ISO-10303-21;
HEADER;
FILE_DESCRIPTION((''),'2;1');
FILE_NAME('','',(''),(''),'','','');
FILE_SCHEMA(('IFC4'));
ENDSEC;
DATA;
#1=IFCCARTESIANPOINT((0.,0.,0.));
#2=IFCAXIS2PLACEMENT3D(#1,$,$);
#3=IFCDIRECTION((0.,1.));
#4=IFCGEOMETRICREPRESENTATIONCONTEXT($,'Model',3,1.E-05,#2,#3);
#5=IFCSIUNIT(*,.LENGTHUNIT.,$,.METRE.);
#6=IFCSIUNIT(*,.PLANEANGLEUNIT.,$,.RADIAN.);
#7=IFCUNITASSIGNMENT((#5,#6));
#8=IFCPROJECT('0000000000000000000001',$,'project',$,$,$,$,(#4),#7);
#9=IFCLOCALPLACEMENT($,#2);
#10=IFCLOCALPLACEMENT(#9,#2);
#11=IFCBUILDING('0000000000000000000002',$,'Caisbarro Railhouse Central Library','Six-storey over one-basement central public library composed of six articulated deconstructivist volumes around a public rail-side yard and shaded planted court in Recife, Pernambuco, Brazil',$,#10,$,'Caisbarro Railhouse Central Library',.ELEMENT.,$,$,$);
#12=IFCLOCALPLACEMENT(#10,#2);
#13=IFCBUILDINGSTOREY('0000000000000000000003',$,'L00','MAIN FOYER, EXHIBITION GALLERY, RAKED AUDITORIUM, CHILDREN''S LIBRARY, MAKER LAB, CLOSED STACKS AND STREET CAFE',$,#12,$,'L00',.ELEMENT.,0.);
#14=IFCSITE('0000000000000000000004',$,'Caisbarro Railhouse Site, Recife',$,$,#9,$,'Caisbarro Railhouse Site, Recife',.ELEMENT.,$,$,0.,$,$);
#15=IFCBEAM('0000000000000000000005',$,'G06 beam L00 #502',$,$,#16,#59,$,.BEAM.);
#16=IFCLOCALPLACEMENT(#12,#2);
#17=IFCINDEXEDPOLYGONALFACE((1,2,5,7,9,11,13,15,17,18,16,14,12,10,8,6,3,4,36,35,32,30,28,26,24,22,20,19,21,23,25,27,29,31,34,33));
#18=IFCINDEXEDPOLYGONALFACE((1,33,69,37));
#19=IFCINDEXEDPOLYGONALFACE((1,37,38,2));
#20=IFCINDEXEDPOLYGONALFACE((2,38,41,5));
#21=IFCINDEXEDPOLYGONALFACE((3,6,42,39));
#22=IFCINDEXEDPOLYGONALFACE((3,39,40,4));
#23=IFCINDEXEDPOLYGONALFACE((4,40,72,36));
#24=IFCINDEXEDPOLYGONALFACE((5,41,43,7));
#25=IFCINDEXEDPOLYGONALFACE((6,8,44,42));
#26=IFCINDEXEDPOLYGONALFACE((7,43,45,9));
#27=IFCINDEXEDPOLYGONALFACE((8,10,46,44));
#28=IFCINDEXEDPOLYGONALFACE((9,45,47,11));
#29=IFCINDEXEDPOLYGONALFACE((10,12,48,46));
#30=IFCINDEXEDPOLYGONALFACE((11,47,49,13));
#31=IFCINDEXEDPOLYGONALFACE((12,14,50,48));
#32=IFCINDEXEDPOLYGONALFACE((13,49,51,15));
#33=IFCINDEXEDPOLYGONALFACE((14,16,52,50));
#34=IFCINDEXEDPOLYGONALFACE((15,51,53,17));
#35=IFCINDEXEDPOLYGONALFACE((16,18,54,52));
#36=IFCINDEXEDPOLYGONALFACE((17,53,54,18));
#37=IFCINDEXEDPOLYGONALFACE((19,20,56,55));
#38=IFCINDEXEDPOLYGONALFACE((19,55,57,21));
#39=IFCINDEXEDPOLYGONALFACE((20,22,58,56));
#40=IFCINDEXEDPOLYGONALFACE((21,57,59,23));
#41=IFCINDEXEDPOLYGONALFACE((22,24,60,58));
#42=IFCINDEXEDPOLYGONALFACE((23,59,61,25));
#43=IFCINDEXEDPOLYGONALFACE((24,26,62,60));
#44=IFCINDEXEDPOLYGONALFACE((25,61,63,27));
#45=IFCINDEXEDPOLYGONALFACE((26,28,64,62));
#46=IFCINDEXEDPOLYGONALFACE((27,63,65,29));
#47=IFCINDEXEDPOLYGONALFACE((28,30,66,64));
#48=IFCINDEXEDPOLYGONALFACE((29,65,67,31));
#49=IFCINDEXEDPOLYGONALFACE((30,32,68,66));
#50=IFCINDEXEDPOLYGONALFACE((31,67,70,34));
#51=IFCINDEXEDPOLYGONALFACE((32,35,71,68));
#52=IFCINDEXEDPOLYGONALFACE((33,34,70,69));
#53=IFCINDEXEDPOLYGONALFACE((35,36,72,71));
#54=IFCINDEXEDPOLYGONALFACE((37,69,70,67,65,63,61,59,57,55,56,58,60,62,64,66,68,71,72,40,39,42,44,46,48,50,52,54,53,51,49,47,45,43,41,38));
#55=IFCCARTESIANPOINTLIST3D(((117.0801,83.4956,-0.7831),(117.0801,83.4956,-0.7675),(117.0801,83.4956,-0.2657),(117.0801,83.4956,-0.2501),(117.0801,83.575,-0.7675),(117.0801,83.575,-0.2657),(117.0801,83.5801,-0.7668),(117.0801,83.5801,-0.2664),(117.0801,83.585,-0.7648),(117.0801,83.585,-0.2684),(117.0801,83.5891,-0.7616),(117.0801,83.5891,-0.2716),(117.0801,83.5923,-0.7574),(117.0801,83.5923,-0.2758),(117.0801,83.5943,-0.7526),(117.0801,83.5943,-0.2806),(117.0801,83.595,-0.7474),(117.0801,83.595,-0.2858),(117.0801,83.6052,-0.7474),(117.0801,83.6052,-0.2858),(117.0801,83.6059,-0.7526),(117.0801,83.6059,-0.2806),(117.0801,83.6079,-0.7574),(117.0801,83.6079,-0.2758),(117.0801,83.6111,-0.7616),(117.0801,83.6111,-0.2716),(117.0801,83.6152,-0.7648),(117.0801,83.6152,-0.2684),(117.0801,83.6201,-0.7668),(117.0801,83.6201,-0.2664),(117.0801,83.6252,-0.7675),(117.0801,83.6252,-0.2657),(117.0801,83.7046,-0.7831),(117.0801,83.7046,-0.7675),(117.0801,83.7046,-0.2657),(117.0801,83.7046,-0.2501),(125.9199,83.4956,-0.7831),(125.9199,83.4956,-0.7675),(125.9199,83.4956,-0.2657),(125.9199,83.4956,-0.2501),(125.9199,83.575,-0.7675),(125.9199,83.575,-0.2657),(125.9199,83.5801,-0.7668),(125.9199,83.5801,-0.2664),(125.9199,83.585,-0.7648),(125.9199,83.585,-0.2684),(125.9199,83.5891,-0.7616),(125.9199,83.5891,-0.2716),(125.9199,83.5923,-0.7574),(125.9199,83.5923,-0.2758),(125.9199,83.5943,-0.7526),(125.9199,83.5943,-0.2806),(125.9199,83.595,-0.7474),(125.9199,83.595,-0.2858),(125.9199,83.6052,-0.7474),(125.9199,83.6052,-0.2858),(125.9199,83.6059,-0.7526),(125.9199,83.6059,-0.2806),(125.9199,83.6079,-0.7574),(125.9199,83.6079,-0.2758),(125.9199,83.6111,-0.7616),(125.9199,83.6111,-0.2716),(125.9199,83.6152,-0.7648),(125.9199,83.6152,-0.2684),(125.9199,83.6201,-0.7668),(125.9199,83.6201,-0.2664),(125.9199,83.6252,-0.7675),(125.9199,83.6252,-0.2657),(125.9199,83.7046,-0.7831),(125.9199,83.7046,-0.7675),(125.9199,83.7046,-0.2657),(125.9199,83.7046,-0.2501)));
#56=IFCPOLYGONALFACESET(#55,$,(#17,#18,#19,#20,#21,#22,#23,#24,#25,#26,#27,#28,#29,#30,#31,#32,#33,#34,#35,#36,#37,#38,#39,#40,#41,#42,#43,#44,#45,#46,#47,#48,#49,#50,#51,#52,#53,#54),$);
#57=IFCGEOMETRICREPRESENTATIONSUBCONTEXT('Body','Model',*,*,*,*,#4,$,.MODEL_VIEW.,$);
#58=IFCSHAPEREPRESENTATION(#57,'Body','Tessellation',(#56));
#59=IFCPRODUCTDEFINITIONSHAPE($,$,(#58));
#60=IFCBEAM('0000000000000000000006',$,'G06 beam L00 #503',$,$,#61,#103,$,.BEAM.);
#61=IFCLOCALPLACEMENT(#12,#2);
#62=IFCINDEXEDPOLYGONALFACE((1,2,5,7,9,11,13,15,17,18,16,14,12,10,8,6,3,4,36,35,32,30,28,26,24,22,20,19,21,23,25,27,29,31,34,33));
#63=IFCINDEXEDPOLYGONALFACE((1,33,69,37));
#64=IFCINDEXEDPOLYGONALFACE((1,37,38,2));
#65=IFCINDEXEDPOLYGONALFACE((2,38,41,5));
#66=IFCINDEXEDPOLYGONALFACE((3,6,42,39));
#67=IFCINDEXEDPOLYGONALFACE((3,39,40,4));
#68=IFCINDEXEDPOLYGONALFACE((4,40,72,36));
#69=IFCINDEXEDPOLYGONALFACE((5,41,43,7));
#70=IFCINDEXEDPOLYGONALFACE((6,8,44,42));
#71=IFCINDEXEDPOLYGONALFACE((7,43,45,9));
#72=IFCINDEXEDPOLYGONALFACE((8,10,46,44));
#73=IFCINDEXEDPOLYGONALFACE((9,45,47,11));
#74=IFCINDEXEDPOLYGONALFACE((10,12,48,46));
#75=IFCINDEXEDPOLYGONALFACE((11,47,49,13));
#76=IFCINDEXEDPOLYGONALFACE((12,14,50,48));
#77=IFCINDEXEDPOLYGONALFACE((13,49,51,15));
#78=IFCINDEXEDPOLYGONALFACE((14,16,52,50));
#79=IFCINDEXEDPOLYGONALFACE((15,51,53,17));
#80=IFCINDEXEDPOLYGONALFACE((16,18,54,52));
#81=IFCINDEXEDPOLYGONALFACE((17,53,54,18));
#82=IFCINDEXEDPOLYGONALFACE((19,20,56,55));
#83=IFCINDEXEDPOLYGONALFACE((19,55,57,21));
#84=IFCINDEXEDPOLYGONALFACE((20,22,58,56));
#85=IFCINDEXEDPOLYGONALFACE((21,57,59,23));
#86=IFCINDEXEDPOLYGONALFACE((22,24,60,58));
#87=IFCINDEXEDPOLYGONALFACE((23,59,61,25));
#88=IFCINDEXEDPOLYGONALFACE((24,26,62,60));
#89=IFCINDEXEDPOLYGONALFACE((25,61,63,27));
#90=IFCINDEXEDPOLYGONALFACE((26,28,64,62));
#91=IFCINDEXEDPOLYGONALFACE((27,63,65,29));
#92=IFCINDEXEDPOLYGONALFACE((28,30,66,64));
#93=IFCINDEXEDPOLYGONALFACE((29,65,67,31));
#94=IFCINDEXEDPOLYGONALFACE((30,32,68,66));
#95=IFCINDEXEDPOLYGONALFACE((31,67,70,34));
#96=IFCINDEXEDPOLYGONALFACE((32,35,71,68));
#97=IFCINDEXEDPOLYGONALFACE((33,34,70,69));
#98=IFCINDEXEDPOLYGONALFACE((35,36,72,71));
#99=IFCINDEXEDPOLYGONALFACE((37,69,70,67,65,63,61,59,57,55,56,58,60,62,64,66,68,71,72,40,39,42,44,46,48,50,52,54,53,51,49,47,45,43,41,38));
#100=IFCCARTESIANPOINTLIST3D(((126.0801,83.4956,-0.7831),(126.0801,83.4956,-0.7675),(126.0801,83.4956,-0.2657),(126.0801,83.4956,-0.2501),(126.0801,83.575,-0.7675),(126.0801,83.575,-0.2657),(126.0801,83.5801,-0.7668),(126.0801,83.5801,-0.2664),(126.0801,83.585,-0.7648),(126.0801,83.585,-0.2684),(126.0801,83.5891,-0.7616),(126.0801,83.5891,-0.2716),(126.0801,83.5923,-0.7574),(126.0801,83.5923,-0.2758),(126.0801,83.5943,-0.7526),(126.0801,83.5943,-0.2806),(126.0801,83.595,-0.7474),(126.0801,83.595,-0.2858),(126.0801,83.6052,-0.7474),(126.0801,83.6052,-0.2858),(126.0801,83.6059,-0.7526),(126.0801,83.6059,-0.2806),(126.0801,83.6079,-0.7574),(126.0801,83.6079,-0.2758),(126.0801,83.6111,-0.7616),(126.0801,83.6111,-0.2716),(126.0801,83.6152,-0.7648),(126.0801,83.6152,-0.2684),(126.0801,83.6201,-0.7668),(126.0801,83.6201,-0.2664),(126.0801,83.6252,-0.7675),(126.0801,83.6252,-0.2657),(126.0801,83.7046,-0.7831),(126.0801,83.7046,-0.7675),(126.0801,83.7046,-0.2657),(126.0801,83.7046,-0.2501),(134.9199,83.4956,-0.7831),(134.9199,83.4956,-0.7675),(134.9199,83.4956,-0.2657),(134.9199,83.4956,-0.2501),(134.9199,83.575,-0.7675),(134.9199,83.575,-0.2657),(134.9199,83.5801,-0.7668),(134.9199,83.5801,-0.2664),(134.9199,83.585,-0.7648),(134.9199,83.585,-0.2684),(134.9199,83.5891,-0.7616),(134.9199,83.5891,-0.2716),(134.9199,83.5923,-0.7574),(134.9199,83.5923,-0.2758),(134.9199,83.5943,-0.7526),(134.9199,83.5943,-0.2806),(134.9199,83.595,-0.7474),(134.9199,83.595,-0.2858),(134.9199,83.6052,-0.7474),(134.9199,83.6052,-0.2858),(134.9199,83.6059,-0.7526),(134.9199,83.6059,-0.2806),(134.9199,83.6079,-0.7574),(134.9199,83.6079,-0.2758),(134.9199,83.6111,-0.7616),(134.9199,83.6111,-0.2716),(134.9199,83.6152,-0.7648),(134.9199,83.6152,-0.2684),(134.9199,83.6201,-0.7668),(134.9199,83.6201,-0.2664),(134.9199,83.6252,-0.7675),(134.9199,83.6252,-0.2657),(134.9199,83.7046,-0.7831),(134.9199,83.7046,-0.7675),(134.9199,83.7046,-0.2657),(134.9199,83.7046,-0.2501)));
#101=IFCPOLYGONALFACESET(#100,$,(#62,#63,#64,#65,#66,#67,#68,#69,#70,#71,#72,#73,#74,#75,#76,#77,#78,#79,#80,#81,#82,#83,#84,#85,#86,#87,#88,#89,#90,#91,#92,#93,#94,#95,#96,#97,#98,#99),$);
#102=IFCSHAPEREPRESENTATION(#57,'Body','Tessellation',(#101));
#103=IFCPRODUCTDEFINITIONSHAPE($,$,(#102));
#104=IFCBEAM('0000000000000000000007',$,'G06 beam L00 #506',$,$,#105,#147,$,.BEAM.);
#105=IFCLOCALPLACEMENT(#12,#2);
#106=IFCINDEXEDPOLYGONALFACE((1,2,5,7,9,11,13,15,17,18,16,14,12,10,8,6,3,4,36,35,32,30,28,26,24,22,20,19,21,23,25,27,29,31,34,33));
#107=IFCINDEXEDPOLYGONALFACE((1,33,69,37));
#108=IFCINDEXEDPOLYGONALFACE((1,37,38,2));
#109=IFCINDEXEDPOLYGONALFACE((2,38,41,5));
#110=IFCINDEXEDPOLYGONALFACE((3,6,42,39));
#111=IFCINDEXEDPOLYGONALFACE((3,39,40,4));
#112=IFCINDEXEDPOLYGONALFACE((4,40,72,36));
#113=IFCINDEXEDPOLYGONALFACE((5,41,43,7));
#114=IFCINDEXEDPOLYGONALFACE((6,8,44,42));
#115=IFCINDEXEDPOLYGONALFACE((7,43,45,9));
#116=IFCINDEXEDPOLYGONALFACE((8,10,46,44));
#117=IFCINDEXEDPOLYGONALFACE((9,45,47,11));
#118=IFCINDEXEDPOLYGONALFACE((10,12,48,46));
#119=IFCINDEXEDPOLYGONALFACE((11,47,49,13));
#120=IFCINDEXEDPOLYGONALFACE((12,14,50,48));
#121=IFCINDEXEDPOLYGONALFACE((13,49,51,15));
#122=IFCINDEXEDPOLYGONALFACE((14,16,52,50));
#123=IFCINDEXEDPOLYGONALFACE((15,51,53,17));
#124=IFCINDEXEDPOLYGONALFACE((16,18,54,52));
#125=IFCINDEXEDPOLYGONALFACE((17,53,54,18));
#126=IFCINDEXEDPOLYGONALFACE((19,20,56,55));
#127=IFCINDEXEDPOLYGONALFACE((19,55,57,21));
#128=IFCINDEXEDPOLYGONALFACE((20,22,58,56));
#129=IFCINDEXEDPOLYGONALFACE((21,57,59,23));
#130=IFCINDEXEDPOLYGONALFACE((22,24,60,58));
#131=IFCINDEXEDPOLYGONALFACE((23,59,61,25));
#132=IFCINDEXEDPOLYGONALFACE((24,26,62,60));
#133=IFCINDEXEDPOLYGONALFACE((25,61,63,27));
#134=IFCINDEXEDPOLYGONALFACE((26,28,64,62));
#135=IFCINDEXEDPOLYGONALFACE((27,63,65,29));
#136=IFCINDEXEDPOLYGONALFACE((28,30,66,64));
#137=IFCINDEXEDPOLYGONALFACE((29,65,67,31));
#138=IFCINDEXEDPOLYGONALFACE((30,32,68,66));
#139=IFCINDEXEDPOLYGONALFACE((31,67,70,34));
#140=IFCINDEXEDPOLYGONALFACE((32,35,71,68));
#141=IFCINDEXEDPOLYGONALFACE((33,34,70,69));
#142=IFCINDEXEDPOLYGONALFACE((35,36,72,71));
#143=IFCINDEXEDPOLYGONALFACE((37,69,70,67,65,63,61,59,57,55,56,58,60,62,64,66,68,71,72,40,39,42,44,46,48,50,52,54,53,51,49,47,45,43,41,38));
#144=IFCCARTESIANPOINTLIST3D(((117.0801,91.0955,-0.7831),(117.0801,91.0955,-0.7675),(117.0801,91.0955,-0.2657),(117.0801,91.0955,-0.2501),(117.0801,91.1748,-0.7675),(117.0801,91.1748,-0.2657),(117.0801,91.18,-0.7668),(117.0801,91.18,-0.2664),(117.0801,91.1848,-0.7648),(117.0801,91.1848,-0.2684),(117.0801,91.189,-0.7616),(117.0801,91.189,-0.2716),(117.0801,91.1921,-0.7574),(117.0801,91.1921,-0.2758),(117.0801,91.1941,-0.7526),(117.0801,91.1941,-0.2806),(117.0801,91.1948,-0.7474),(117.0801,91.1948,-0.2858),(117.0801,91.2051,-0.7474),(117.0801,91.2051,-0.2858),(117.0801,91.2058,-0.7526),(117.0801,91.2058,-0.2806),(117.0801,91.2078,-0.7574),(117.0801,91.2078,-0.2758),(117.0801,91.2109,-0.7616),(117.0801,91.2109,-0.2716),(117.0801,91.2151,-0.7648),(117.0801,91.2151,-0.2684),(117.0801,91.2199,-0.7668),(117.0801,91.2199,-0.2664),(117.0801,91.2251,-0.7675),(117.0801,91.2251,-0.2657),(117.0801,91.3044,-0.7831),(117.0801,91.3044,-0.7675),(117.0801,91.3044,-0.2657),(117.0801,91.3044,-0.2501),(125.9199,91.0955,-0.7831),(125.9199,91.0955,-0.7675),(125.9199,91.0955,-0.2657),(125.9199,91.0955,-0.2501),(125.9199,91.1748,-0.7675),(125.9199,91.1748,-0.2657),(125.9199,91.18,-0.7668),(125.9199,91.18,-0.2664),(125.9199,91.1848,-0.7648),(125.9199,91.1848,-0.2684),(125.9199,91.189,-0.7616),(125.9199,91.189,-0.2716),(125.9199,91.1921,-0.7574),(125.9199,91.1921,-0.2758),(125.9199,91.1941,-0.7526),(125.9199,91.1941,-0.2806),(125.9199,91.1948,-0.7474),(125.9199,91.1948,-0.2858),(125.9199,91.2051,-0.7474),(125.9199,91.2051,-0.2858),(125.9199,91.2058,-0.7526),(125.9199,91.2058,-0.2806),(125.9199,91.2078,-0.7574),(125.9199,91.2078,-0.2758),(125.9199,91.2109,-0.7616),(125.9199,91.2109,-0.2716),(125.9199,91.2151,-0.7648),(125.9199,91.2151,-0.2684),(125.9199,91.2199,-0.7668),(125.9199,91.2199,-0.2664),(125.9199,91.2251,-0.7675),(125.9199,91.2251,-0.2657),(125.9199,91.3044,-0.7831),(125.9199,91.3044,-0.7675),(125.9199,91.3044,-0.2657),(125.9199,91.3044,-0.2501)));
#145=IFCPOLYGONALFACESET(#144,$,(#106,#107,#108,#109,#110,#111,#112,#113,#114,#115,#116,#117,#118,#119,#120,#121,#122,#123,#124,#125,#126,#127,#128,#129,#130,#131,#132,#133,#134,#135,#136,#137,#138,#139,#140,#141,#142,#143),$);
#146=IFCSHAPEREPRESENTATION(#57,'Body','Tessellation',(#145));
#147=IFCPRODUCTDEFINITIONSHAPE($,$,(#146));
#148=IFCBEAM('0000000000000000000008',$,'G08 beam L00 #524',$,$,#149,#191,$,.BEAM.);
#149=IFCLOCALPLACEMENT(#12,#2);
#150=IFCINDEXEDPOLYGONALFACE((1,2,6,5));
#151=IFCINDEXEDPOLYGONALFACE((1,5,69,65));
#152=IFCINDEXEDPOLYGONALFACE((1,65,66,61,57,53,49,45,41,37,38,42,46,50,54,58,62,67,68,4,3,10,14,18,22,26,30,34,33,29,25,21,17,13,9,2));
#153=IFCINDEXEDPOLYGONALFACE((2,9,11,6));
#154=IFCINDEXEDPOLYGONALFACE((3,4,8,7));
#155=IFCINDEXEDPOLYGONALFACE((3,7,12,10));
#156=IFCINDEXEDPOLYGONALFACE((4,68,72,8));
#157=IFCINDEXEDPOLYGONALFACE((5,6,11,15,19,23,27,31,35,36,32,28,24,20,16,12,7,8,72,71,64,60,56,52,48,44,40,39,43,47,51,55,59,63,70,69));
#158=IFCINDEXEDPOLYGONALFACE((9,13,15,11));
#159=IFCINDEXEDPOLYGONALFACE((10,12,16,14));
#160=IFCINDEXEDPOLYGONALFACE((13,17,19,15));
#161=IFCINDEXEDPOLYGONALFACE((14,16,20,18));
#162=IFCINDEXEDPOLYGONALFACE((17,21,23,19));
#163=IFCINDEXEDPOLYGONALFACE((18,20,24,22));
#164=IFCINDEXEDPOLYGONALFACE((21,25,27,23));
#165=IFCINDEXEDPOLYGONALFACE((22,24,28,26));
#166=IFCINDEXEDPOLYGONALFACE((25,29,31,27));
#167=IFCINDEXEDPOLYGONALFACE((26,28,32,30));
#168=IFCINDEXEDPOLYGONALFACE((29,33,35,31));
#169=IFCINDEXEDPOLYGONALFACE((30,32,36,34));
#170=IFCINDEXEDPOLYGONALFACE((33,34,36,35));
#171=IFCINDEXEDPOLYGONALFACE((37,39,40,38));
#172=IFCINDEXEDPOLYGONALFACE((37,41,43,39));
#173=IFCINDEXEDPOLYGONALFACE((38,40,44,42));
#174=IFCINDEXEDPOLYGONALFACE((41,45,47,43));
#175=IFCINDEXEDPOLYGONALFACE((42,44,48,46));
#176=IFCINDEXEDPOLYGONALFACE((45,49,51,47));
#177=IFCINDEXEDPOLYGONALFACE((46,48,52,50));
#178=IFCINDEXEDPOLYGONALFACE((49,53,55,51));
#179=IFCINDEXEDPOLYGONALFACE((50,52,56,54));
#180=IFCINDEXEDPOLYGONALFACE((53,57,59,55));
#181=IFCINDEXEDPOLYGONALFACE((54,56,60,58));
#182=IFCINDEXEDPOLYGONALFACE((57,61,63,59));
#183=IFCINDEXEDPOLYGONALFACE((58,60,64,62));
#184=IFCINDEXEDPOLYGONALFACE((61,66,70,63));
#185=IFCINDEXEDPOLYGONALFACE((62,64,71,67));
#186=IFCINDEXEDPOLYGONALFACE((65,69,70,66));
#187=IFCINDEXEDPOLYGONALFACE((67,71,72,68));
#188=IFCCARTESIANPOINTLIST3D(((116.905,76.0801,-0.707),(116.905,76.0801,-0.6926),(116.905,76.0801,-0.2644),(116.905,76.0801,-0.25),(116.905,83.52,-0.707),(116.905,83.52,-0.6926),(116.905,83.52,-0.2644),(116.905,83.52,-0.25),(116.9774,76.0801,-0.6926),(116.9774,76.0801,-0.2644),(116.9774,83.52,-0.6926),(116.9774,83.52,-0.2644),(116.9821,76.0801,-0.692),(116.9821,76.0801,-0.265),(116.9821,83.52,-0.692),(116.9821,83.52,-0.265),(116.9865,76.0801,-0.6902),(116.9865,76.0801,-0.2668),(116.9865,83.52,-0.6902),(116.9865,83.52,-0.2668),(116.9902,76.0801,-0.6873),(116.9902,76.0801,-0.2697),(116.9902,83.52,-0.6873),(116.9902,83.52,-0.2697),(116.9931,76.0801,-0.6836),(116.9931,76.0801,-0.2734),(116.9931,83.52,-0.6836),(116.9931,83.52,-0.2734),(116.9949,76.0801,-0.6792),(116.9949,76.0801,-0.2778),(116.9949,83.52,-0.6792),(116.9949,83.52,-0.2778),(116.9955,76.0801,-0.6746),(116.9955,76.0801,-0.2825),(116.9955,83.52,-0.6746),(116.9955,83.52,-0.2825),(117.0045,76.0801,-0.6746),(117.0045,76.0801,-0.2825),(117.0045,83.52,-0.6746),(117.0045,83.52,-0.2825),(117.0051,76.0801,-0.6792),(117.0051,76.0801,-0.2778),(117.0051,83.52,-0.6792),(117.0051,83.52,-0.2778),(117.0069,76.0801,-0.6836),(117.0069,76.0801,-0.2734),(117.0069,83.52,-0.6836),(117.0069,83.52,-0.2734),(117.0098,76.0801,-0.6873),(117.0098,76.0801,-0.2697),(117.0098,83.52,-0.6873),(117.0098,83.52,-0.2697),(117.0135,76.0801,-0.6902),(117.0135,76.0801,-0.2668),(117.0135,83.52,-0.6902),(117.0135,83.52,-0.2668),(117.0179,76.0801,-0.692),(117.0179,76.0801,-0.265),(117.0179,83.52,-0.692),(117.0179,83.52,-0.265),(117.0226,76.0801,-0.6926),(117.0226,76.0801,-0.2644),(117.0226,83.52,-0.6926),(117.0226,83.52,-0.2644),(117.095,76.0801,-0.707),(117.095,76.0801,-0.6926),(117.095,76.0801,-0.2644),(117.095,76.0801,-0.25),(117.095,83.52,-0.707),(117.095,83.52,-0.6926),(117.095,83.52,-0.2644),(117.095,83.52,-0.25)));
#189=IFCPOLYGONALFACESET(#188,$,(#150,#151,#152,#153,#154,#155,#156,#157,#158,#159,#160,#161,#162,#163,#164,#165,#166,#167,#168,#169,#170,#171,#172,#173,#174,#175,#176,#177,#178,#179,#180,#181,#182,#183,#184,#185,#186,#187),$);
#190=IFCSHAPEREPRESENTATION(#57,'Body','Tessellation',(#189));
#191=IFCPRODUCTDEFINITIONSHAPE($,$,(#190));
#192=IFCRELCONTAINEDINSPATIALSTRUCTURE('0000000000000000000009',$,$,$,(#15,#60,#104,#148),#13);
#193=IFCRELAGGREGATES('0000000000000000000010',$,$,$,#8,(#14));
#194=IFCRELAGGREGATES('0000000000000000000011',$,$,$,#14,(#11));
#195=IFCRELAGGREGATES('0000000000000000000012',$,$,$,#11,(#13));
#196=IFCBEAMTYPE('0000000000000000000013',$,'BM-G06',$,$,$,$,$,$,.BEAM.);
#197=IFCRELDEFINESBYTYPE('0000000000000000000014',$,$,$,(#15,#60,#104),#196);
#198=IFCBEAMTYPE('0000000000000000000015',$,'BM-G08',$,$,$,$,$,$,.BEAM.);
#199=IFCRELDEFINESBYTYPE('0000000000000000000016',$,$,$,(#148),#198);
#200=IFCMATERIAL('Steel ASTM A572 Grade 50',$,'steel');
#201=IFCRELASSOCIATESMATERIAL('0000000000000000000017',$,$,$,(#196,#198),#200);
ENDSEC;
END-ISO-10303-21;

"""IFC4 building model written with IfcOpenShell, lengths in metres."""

from ifc_helpers import new_model, si_unit, direction, frame, origin, origin_2d, place, context, subcontext, project, spatial, i_section, extrude, material, material_profile, profile_set, type_object, element, save


model = new_model("IFC4")

# Units and contexts
model_context = context("Model", 3, precision=1e-05, world=origin(), true_north=direction((0.0, 1.0)))
body_context = subcontext(model_context, "Body", "Model", "MODEL_VIEW")
ifc_project = project(units=[si_unit("LENGTHUNIT", "METRE"), si_unit("PLANEANGLEUNIT", "RADIAN")], contexts=[model_context])

# Site, building, storey
site_placement = place(None, origin())
site = spatial("IfcSite", under=ifc_project, at=site_placement, Name="Caisbarro Railhouse Site, Recife", LongName="Caisbarro Railhouse Site, Recife", CompositionType="ELEMENT", RefElevation=0.0)
building_placement = place(site_placement, origin())
building = spatial("IfcBuilding", under=site, at=building_placement, Name="Caisbarro Railhouse Central Library", Description="Six-storey over one-basement central public library composed of six articulated deconstructivist volumes around a public rail-side yard and shaded planted court in Recife, Pernambuco, Brazil", LongName="Caisbarro Railhouse Central Library", CompositionType="ELEMENT")
storey_placement = place(building_placement, origin())
storey = spatial("IfcBuildingStorey", under=building, at=storey_placement, Name="L00", Description="MAIN FOYER, EXHIBITION GALLERY, RAKED AUDITORIUM, CHILDREN'S LIBRARY, MAKER LAB, CLOSED STACKS AND STREET CAFE", LongName="L00", CompositionType="ELEMENT", Elevation=0.0)

# Shared definitions
ifc_material_1 = material(Name="Steel ASTM A572 Grade 50", Category="steel")

# Beams
ifc_material_profile_1 = material_profile(ifc_material_1, i_section(OverallWidth=0.209, OverallDepth=0.533, WebThickness=0.0103, FlangeThickness=0.0156, FilletRadius=0.02, at=origin_2d()), Name="W530X92.0")
ifc_profile_set_1 = profile_set([ifc_material_profile_1], Name="Steel ASTM A572 Grade 50")
beam_type_1 = type_object("IfcBeamType", Name="BM-G06", PredefinedType="BEAM", material=ifc_profile_set_1)
for number, where, z_axis, x_axis, name in (
    (1, (117.0801, 83.6001, -0.5166), (1.0, 0.0, 0.0), (0.0, 1.0, 0.0), "G06 beam L00 #502"),
    (2, (126.0801, 83.6001, -0.5166), (1.0, 0.0, 0.0), (0.0, 1.0, 0.0), "G06 beam L00 #503"),
    (3, (117.0801, 91.2, -0.5166), (1.0, 0.0, 0.0), (0.0, 1.0, 0.0), "G06 beam L00 #506"),
):
    element("IfcBeam", number, at=place(storey_placement, frame(where, z_axis=z_axis, x_axis=x_axis)), inside=storey, type_object=beam_type_1, Name=name, PredefinedType="BEAM", context=body_context, shape_type="SweptSolid", body=[
        extrude(i_section(OverallWidth=0.209, OverallDepth=0.533, WebThickness=0.0103, FlangeThickness=0.0156, FilletRadius=0.02, at=origin_2d()), origin(), (0.0, 0.0, 1.0), 8.8398),
    ])
ifc_material_profile_2 = material_profile(ifc_material_1, i_section(OverallWidth=0.1899, OverallDepth=0.457, WebThickness=0.009, FlangeThickness=0.0144, FilletRadius=0.0181, at=origin_2d()), Name="W460X74.0")
ifc_profile_set_2 = profile_set([ifc_material_profile_2], Name="Steel ASTM A572 Grade 50")
beam_type_2 = type_object("IfcBeamType", Name="BM-G08", PredefinedType="BEAM", material=ifc_profile_set_2)
beam_1_placement = place(storey_placement, frame((117.0, 76.0801, -0.4785), z_axis=(0.0, 1.0, 0.0), x_axis=(-1.0, 0.0, 0.0)))
element("IfcBeam", 4, at=beam_1_placement, inside=storey, type_object=beam_type_2, Name="G08 beam L00 #524", PredefinedType="BEAM", context=body_context, shape_type="SweptSolid", body=[
    extrude(i_section(OverallWidth=0.1899, OverallDepth=0.457, WebThickness=0.009, FlangeThickness=0.0144, FilletRadius=0.0181, at=origin_2d()), origin(), (0.0, 0.0, 1.0), 7.4399),
])

save(model, "model.ifc")
